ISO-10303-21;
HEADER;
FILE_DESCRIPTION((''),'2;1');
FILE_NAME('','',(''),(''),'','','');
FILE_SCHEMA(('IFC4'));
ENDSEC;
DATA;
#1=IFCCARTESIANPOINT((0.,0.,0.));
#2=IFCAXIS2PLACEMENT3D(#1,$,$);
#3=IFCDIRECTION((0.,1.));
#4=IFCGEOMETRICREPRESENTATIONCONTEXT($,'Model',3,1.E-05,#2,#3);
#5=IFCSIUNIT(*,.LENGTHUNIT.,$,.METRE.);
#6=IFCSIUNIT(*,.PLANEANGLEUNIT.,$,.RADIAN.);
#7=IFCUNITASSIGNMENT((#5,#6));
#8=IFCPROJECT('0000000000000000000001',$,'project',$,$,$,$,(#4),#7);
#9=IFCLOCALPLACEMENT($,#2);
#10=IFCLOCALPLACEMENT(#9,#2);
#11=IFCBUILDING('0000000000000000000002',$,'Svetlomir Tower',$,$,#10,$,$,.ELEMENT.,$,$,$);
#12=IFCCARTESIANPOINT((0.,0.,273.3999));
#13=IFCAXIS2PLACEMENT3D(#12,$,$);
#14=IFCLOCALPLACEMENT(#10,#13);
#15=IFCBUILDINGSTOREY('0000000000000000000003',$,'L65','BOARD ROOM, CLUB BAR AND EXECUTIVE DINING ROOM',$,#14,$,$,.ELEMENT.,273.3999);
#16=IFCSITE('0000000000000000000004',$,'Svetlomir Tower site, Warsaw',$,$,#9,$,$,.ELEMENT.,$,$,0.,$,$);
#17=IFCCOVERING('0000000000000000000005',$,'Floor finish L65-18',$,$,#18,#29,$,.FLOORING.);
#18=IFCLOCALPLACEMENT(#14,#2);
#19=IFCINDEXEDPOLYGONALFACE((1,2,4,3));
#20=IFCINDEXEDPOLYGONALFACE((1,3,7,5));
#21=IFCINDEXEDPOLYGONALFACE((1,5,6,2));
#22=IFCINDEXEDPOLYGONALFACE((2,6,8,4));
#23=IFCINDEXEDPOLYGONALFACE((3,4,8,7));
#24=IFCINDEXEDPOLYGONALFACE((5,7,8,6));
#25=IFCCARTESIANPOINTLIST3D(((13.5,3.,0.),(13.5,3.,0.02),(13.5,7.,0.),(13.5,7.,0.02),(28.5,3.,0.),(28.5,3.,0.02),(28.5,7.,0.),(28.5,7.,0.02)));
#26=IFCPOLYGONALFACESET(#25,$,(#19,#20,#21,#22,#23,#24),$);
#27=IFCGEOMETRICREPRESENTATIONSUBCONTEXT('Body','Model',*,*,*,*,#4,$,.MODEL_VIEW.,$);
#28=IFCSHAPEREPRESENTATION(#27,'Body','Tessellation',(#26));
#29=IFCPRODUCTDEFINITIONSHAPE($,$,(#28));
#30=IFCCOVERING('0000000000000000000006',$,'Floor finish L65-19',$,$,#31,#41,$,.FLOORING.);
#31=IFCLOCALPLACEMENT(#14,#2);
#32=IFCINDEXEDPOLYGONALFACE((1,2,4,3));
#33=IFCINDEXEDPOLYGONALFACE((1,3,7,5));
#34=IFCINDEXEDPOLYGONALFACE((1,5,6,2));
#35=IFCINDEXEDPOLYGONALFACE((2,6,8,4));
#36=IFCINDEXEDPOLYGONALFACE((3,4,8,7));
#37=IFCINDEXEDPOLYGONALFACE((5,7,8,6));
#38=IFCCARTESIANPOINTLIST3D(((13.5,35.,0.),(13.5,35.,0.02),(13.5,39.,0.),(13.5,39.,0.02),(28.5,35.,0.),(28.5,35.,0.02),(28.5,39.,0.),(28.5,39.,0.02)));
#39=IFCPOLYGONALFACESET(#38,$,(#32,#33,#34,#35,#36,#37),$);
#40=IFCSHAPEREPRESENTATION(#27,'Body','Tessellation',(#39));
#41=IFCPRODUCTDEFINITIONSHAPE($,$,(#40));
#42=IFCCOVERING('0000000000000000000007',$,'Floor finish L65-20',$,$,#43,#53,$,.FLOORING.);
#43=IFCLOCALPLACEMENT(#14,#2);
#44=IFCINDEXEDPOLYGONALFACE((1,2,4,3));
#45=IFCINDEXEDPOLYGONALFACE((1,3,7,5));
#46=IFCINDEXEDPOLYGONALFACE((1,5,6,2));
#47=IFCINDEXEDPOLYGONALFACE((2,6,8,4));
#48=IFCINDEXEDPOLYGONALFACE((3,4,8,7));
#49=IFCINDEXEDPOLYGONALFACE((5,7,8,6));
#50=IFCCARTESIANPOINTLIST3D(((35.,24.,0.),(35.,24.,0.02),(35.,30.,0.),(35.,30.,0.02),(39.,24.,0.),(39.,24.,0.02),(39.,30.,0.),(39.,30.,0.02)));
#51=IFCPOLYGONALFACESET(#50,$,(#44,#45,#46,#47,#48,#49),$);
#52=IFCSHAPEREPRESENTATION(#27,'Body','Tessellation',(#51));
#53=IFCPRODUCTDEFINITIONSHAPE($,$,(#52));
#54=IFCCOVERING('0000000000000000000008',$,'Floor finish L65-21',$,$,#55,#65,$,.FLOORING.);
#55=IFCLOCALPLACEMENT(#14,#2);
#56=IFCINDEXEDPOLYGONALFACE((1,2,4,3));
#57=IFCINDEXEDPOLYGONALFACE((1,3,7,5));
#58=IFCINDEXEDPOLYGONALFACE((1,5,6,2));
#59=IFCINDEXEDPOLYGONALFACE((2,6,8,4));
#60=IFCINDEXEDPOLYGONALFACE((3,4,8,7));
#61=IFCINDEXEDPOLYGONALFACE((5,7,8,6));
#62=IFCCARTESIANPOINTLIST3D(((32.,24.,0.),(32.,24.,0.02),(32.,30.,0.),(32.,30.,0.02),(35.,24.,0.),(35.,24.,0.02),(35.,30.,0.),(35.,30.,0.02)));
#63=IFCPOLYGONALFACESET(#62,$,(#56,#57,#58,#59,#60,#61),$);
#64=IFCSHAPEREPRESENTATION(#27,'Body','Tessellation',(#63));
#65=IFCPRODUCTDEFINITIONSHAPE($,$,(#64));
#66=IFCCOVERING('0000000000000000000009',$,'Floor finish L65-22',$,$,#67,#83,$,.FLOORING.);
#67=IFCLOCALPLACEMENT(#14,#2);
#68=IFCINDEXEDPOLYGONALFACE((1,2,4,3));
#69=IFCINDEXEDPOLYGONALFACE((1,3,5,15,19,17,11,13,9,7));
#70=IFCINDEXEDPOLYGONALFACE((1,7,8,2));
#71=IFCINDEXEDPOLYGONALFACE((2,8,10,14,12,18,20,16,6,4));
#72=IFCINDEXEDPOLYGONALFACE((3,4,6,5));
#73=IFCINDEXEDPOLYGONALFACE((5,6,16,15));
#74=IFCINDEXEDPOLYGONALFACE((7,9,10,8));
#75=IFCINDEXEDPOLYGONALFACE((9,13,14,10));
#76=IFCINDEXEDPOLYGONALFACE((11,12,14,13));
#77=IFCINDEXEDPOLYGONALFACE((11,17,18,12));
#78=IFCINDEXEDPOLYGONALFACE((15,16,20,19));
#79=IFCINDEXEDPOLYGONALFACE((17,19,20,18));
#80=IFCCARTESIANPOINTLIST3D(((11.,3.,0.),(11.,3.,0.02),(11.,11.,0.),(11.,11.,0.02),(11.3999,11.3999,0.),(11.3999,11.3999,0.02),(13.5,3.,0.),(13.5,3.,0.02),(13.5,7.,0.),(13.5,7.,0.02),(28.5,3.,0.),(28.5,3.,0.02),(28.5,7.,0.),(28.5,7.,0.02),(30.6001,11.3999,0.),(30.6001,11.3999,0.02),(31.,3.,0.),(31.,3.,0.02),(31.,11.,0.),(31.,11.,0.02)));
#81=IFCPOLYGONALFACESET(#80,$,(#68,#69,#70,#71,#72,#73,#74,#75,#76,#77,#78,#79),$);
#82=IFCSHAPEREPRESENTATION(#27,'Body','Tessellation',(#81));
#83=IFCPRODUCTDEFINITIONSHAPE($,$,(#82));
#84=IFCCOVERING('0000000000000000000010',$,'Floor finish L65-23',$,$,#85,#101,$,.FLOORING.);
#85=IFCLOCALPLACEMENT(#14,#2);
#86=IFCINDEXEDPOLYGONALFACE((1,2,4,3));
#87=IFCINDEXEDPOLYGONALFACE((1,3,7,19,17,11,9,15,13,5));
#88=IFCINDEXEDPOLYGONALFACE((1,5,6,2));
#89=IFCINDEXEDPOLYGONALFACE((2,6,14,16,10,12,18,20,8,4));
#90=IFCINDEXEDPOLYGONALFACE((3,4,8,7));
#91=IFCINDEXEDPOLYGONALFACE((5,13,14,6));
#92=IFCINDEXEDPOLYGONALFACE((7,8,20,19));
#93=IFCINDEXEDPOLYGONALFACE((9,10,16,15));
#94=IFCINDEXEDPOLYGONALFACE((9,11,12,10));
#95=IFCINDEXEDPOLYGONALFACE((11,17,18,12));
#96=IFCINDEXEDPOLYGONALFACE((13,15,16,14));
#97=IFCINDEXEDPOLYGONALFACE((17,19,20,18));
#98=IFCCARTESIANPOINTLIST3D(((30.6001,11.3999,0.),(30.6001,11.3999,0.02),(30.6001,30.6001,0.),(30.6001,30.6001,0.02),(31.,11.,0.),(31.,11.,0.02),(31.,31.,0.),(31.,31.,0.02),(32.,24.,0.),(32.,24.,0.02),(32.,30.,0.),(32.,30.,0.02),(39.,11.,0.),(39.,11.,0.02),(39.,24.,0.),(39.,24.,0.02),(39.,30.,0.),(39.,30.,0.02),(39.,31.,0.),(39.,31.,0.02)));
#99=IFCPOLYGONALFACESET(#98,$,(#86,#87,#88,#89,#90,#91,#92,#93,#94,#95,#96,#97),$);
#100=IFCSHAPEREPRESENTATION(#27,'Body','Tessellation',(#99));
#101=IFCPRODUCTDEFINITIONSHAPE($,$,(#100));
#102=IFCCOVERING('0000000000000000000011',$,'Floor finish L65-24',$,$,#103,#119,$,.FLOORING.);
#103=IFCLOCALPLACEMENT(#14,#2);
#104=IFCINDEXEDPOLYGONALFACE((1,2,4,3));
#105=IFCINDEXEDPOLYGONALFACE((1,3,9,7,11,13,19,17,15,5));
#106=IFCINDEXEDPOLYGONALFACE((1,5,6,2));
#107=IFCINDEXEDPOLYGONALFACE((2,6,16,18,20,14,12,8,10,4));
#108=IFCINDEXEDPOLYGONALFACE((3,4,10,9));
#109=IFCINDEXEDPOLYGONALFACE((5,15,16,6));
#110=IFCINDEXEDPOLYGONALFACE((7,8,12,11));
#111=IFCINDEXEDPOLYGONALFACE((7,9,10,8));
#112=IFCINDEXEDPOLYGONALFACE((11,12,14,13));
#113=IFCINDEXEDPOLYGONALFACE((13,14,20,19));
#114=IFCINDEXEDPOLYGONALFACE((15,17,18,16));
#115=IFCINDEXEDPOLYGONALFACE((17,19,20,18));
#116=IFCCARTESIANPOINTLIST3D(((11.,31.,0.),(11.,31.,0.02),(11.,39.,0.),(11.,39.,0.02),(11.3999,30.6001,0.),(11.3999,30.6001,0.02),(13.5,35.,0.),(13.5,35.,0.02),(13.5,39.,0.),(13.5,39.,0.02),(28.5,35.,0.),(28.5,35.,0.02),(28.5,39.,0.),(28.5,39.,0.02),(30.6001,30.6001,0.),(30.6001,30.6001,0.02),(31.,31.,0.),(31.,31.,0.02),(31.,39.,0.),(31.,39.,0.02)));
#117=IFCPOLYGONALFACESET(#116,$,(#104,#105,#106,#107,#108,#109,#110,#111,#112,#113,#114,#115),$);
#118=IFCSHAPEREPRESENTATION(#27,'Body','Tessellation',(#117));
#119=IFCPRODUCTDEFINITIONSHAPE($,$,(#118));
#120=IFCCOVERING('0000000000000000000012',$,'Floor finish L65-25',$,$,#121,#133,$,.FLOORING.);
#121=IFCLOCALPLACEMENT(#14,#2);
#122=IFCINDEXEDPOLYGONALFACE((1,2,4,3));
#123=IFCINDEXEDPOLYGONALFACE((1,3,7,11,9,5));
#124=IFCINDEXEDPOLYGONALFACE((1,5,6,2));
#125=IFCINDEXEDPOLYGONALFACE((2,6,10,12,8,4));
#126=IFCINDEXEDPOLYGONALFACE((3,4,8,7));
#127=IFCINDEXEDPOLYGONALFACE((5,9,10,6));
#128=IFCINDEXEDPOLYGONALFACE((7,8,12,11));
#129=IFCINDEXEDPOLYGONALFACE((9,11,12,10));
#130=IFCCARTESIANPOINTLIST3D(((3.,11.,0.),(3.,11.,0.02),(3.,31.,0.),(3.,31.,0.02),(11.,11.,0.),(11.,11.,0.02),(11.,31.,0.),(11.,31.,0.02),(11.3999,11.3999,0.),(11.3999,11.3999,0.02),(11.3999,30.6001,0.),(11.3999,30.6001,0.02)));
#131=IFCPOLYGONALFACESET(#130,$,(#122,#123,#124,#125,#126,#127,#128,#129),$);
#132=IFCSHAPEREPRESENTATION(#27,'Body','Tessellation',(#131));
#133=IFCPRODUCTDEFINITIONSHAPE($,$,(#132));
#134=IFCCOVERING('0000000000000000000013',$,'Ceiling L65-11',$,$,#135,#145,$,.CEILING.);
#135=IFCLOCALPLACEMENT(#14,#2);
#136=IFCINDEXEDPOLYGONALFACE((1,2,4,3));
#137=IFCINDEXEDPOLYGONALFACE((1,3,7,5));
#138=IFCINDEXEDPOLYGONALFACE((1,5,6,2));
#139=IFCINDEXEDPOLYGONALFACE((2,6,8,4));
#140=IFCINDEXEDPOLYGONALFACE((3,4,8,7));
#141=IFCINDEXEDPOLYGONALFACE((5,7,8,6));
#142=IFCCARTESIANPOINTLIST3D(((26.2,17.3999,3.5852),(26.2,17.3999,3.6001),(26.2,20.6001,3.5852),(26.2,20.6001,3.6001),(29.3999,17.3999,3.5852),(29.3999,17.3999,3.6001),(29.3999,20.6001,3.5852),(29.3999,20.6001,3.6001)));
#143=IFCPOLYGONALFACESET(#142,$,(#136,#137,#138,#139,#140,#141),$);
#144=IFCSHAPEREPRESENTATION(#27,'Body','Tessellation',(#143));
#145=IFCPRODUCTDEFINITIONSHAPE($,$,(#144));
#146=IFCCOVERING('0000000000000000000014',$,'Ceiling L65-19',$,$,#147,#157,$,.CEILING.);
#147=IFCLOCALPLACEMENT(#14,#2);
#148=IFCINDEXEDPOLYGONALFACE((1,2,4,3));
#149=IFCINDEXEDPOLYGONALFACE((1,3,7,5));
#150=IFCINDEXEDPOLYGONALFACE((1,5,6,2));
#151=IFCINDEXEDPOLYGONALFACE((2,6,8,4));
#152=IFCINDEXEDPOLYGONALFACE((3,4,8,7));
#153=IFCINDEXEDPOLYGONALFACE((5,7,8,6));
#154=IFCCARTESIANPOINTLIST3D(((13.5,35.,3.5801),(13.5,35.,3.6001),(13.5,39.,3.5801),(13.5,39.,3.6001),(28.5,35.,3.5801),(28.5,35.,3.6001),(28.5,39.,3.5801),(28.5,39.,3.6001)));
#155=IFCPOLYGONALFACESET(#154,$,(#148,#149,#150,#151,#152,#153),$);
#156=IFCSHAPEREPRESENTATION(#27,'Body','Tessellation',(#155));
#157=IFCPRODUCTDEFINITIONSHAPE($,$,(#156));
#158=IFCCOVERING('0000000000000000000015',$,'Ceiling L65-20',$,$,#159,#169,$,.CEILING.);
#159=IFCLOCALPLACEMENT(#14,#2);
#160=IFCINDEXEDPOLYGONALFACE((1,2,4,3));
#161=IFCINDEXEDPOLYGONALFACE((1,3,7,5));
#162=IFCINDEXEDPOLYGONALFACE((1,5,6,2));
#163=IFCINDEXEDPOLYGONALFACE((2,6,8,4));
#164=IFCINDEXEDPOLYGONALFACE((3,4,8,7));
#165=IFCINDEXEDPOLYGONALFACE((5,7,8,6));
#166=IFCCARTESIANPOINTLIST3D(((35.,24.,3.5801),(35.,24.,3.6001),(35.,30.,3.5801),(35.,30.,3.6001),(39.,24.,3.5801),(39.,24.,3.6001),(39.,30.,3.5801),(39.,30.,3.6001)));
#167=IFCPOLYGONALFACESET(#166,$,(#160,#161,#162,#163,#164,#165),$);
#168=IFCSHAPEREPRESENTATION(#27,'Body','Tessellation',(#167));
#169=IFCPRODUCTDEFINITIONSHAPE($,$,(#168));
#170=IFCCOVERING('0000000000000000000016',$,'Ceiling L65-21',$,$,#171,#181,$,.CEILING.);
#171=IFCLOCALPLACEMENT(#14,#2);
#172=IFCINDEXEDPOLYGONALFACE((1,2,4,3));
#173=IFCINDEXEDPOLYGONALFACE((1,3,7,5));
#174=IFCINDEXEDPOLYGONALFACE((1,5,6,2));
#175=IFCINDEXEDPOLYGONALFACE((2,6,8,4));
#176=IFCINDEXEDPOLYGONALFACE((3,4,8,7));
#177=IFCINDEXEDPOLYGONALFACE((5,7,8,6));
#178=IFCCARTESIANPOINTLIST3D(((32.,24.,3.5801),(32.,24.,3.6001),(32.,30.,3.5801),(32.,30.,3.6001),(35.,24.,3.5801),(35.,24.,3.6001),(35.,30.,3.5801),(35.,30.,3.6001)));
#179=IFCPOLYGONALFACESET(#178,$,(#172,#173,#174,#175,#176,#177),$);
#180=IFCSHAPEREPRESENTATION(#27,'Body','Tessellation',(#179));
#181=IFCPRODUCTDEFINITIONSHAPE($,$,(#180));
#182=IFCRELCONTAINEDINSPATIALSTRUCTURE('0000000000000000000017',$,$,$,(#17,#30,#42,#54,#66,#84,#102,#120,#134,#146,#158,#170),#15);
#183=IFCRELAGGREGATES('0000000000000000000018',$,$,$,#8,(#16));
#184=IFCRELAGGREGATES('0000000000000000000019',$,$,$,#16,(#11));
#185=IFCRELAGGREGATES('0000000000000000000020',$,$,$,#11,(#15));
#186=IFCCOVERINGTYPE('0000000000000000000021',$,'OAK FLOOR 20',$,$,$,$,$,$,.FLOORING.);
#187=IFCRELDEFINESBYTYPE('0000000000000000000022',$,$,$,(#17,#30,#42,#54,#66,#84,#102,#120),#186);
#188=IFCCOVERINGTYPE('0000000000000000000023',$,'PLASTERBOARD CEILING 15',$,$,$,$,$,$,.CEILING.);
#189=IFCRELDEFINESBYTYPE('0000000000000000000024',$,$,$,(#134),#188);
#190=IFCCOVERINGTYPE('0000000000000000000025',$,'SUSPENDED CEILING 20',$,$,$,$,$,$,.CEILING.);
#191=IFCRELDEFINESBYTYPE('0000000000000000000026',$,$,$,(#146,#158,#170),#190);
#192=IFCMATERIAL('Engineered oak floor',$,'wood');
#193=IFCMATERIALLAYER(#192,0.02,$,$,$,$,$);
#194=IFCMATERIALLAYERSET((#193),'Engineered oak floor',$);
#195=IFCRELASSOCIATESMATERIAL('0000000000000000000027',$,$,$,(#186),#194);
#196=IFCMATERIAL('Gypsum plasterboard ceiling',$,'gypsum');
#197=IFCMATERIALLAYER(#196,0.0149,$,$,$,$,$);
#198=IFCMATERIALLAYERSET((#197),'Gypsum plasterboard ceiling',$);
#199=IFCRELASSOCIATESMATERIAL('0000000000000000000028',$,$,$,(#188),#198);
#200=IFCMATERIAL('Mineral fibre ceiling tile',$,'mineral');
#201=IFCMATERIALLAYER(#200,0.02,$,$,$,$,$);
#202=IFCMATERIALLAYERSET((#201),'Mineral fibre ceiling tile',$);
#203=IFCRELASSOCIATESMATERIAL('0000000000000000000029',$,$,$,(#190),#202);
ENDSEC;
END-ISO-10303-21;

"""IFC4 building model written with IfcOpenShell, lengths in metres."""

from ifc_helpers import new_model, si_unit, direction, frame, origin, place, context, subcontext, project, spatial, polyline, outline, extrude, material, layer, layer_set, type_object, element, save


model = new_model("IFC4")

# Units and contexts
model_context = context("Model", 3, precision=1e-05, world=origin(), true_north=direction((0.0, 1.0)))
body_context = subcontext(model_context, "Body", "Model", "MODEL_VIEW")
ifc_project = project(units=[si_unit("LENGTHUNIT", "METRE"), si_unit("PLANEANGLEUNIT", "RADIAN")], contexts=[model_context])

# Site, building, storey
site_placement = place(None, origin())
site = spatial("IfcSite", under=ifc_project, at=site_placement, Name="Svetlomir Tower site, Warsaw", CompositionType="ELEMENT", RefElevation=0.0)
building_placement = place(site_placement, origin())
building = spatial("IfcBuilding", under=site, at=building_placement, Name="Svetlomir Tower", CompositionType="ELEMENT")
storey_placement = place(building_placement, frame((0.0, 0.0, 273.3999)))
storey = spatial("IfcBuildingStorey", under=building, at=storey_placement, Name="L65", Description="BOARD ROOM, CLUB BAR AND EXECUTIVE DINING ROOM", CompositionType="ELEMENT", Elevation=273.3999)

# Coverings
ifc_material_1 = material(Name="Engineered oak floor", Category="wood")
ifc_layer_1 = layer(ifc_material_1, 0.02)
ifc_layer_set_1 = layer_set([ifc_layer_1], Name="Engineered oak floor")
covering_type_1 = type_object("IfcCoveringType", Name="OAK FLOOR 20", PredefinedType="FLOORING", material=ifc_layer_set_1)
covering_1_placement = place(storey_placement, origin())
element("IfcCovering", 1, at=covering_1_placement, inside=storey, type_object=covering_type_1, Name="Floor finish L65-18", PredefinedType="FLOORING", context=body_context, shape_type="SweptSolid", body=[
    extrude(outline(polyline([(13.5, 3.0), (28.5, 3.0), (28.5, 7.0), (13.5, 7.0), (13.5, 3.0)])), origin(), (0.0, 0.0, 1.0), 0.02),
])
covering_2_placement = place(storey_placement, origin())
element("IfcCovering", 2, at=covering_2_placement, inside=storey, type_object=covering_type_1, Name="Floor finish L65-19", PredefinedType="FLOORING", context=body_context, shape_type="SweptSolid", body=[
    extrude(outline(polyline([(13.5, 35.0), (28.5, 35.0), (28.5, 39.0), (13.5, 39.0), (13.5, 35.0)])), origin(), (0.0, 0.0, 1.0), 0.02),
])
covering_3_placement = place(storey_placement, origin())
element("IfcCovering", 3, at=covering_3_placement, inside=storey, type_object=covering_type_1, Name="Floor finish L65-20", PredefinedType="FLOORING", context=body_context, shape_type="SweptSolid", body=[
    extrude(outline(polyline([(35.0, 24.0), (39.0, 24.0), (39.0, 30.0), (35.0, 30.0), (35.0, 24.0)])), origin(), (0.0, 0.0, 1.0), 0.02),
])
covering_4_placement = place(storey_placement, origin())
element("IfcCovering", 4, at=covering_4_placement, inside=storey, type_object=covering_type_1, Name="Floor finish L65-21", PredefinedType="FLOORING", context=body_context, shape_type="SweptSolid", body=[
    extrude(outline(polyline([(32.0, 24.0), (35.0, 24.0), (35.0, 30.0), (32.0, 30.0), (32.0, 24.0)])), origin(), (0.0, 0.0, 1.0), 0.02),
])
covering_5_placement = place(storey_placement, origin())
element("IfcCovering", 5, at=covering_5_placement, inside=storey, type_object=covering_type_1, Name="Floor finish L65-22", PredefinedType="FLOORING", context=body_context, shape_type="SweptSolid", body=[
    extrude(outline(polyline([(11.0, 11.0), (11.3999, 11.3999), (30.6001, 11.3999), (31.0, 11.0), (31.0, 3.0), (28.5, 3.0), (28.5, 7.0), (13.5, 7.0), (13.5, 3.0), (11.0, 3.0), (11.0, 11.0)])), origin(), (0.0, 0.0, 1.0), 0.02),
])
covering_6_placement = place(storey_placement, origin())
element("IfcCovering", 6, at=covering_6_placement, inside=storey, type_object=covering_type_1, Name="Floor finish L65-23", PredefinedType="FLOORING", context=body_context, shape_type="SweptSolid", body=[
    extrude(outline(polyline([(39.0, 31.0), (39.0, 30.0), (32.0, 30.0), (32.0, 24.0), (39.0, 24.0), (39.0, 11.0), (31.0, 11.0), (30.6001, 11.3999), (30.6001, 30.6001), (31.0, 31.0), (39.0, 31.0)])), origin(), (0.0, 0.0, 1.0), 0.02),
])
covering_7_placement = place(storey_placement, origin())
element("IfcCovering", 7, at=covering_7_placement, inside=storey, type_object=covering_type_1, Name="Floor finish L65-24", PredefinedType="FLOORING", context=body_context, shape_type="SweptSolid", body=[
    extrude(outline(polyline([(11.0, 39.0), (13.5, 39.0), (13.5, 35.0), (28.5, 35.0), (28.5, 39.0), (31.0, 39.0), (31.0, 31.0), (30.6001, 30.6001), (11.3999, 30.6001), (11.0, 31.0), (11.0, 39.0)])), origin(), (0.0, 0.0, 1.0), 0.02),
])
covering_8_placement = place(storey_placement, origin())
element("IfcCovering", 8, at=covering_8_placement, inside=storey, type_object=covering_type_1, Name="Floor finish L65-25", PredefinedType="FLOORING", context=body_context, shape_type="SweptSolid", body=[
    extrude(outline(polyline([(3.0, 11.0), (3.0, 31.0), (11.0, 31.0), (11.3999, 30.6001), (11.3999, 11.3999), (11.0, 11.0), (3.0, 11.0)])), origin(), (0.0, 0.0, 1.0), 0.02),
])
ifc_material_2 = material(Name="Gypsum plasterboard ceiling", Category="gypsum")
ifc_layer_2 = layer(ifc_material_2, 0.0149)
ifc_layer_set_2 = layer_set([ifc_layer_2], Name="Gypsum plasterboard ceiling")
covering_type_2 = type_object("IfcCoveringType", Name="PLASTERBOARD CEILING 15", PredefinedType="CEILING", material=ifc_layer_set_2)
covering_9_placement = place(storey_placement, frame((0.0, 0.0, 3.5852)))
element("IfcCovering", 9, at=covering_9_placement, inside=storey, type_object=covering_type_2, Name="Ceiling L65-11", PredefinedType="CEILING", context=body_context, shape_type="SweptSolid", body=[
    extrude(outline(polyline([(26.2, 17.3999), (29.3999, 17.3999), (29.3999, 20.6001), (26.2, 20.6001), (26.2, 17.3999)])), origin(), (0.0, 0.0, 1.0), 0.0149),
])
ifc_material_3 = material(Name="Mineral fibre ceiling tile", Category="mineral")
ifc_layer_3 = layer(ifc_material_3, 0.02)
ifc_layer_set_3 = layer_set([ifc_layer_3], Name="Mineral fibre ceiling tile")
covering_type_3 = type_object("IfcCoveringType", Name="SUSPENDED CEILING 20", PredefinedType="CEILING", material=ifc_layer_set_3)
covering_10_placement = place(storey_placement, frame((0.0, 0.0, 3.5801)))
element("IfcCovering", 10, at=covering_10_placement, inside=storey, type_object=covering_type_3, Name="Ceiling L65-19", PredefinedType="CEILING", context=body_context, shape_type="SweptSolid", body=[
    extrude(outline(polyline([(13.5, 35.0), (28.5, 35.0), (28.5, 39.0), (13.5, 39.0), (13.5, 35.0)])), origin(), (0.0, 0.0, 1.0), 0.02),
])
covering_11_placement = place(storey_placement, frame((0.0, 0.0, 3.5801)))
element("IfcCovering", 11, at=covering_11_placement, inside=storey, type_object=covering_type_3, Name="Ceiling L65-20", PredefinedType="CEILING", context=body_context, shape_type="SweptSolid", body=[
    extrude(outline(polyline([(35.0, 24.0), (39.0, 24.0), (39.0, 30.0), (35.0, 30.0), (35.0, 24.0)])), origin(), (0.0, 0.0, 1.0), 0.02),
])
covering_12_placement = place(storey_placement, frame((0.0, 0.0, 3.5801)))
element("IfcCovering", 12, at=covering_12_placement, inside=storey, type_object=covering_type_3, Name="Ceiling L65-21", PredefinedType="CEILING", context=body_context, shape_type="SweptSolid", body=[
    extrude(outline(polyline([(32.0, 24.0), (35.0, 24.0), (35.0, 30.0), (32.0, 30.0), (32.0, 24.0)])), origin(), (0.0, 0.0, 1.0), 0.02),
])

save(model, "model.ifc")
